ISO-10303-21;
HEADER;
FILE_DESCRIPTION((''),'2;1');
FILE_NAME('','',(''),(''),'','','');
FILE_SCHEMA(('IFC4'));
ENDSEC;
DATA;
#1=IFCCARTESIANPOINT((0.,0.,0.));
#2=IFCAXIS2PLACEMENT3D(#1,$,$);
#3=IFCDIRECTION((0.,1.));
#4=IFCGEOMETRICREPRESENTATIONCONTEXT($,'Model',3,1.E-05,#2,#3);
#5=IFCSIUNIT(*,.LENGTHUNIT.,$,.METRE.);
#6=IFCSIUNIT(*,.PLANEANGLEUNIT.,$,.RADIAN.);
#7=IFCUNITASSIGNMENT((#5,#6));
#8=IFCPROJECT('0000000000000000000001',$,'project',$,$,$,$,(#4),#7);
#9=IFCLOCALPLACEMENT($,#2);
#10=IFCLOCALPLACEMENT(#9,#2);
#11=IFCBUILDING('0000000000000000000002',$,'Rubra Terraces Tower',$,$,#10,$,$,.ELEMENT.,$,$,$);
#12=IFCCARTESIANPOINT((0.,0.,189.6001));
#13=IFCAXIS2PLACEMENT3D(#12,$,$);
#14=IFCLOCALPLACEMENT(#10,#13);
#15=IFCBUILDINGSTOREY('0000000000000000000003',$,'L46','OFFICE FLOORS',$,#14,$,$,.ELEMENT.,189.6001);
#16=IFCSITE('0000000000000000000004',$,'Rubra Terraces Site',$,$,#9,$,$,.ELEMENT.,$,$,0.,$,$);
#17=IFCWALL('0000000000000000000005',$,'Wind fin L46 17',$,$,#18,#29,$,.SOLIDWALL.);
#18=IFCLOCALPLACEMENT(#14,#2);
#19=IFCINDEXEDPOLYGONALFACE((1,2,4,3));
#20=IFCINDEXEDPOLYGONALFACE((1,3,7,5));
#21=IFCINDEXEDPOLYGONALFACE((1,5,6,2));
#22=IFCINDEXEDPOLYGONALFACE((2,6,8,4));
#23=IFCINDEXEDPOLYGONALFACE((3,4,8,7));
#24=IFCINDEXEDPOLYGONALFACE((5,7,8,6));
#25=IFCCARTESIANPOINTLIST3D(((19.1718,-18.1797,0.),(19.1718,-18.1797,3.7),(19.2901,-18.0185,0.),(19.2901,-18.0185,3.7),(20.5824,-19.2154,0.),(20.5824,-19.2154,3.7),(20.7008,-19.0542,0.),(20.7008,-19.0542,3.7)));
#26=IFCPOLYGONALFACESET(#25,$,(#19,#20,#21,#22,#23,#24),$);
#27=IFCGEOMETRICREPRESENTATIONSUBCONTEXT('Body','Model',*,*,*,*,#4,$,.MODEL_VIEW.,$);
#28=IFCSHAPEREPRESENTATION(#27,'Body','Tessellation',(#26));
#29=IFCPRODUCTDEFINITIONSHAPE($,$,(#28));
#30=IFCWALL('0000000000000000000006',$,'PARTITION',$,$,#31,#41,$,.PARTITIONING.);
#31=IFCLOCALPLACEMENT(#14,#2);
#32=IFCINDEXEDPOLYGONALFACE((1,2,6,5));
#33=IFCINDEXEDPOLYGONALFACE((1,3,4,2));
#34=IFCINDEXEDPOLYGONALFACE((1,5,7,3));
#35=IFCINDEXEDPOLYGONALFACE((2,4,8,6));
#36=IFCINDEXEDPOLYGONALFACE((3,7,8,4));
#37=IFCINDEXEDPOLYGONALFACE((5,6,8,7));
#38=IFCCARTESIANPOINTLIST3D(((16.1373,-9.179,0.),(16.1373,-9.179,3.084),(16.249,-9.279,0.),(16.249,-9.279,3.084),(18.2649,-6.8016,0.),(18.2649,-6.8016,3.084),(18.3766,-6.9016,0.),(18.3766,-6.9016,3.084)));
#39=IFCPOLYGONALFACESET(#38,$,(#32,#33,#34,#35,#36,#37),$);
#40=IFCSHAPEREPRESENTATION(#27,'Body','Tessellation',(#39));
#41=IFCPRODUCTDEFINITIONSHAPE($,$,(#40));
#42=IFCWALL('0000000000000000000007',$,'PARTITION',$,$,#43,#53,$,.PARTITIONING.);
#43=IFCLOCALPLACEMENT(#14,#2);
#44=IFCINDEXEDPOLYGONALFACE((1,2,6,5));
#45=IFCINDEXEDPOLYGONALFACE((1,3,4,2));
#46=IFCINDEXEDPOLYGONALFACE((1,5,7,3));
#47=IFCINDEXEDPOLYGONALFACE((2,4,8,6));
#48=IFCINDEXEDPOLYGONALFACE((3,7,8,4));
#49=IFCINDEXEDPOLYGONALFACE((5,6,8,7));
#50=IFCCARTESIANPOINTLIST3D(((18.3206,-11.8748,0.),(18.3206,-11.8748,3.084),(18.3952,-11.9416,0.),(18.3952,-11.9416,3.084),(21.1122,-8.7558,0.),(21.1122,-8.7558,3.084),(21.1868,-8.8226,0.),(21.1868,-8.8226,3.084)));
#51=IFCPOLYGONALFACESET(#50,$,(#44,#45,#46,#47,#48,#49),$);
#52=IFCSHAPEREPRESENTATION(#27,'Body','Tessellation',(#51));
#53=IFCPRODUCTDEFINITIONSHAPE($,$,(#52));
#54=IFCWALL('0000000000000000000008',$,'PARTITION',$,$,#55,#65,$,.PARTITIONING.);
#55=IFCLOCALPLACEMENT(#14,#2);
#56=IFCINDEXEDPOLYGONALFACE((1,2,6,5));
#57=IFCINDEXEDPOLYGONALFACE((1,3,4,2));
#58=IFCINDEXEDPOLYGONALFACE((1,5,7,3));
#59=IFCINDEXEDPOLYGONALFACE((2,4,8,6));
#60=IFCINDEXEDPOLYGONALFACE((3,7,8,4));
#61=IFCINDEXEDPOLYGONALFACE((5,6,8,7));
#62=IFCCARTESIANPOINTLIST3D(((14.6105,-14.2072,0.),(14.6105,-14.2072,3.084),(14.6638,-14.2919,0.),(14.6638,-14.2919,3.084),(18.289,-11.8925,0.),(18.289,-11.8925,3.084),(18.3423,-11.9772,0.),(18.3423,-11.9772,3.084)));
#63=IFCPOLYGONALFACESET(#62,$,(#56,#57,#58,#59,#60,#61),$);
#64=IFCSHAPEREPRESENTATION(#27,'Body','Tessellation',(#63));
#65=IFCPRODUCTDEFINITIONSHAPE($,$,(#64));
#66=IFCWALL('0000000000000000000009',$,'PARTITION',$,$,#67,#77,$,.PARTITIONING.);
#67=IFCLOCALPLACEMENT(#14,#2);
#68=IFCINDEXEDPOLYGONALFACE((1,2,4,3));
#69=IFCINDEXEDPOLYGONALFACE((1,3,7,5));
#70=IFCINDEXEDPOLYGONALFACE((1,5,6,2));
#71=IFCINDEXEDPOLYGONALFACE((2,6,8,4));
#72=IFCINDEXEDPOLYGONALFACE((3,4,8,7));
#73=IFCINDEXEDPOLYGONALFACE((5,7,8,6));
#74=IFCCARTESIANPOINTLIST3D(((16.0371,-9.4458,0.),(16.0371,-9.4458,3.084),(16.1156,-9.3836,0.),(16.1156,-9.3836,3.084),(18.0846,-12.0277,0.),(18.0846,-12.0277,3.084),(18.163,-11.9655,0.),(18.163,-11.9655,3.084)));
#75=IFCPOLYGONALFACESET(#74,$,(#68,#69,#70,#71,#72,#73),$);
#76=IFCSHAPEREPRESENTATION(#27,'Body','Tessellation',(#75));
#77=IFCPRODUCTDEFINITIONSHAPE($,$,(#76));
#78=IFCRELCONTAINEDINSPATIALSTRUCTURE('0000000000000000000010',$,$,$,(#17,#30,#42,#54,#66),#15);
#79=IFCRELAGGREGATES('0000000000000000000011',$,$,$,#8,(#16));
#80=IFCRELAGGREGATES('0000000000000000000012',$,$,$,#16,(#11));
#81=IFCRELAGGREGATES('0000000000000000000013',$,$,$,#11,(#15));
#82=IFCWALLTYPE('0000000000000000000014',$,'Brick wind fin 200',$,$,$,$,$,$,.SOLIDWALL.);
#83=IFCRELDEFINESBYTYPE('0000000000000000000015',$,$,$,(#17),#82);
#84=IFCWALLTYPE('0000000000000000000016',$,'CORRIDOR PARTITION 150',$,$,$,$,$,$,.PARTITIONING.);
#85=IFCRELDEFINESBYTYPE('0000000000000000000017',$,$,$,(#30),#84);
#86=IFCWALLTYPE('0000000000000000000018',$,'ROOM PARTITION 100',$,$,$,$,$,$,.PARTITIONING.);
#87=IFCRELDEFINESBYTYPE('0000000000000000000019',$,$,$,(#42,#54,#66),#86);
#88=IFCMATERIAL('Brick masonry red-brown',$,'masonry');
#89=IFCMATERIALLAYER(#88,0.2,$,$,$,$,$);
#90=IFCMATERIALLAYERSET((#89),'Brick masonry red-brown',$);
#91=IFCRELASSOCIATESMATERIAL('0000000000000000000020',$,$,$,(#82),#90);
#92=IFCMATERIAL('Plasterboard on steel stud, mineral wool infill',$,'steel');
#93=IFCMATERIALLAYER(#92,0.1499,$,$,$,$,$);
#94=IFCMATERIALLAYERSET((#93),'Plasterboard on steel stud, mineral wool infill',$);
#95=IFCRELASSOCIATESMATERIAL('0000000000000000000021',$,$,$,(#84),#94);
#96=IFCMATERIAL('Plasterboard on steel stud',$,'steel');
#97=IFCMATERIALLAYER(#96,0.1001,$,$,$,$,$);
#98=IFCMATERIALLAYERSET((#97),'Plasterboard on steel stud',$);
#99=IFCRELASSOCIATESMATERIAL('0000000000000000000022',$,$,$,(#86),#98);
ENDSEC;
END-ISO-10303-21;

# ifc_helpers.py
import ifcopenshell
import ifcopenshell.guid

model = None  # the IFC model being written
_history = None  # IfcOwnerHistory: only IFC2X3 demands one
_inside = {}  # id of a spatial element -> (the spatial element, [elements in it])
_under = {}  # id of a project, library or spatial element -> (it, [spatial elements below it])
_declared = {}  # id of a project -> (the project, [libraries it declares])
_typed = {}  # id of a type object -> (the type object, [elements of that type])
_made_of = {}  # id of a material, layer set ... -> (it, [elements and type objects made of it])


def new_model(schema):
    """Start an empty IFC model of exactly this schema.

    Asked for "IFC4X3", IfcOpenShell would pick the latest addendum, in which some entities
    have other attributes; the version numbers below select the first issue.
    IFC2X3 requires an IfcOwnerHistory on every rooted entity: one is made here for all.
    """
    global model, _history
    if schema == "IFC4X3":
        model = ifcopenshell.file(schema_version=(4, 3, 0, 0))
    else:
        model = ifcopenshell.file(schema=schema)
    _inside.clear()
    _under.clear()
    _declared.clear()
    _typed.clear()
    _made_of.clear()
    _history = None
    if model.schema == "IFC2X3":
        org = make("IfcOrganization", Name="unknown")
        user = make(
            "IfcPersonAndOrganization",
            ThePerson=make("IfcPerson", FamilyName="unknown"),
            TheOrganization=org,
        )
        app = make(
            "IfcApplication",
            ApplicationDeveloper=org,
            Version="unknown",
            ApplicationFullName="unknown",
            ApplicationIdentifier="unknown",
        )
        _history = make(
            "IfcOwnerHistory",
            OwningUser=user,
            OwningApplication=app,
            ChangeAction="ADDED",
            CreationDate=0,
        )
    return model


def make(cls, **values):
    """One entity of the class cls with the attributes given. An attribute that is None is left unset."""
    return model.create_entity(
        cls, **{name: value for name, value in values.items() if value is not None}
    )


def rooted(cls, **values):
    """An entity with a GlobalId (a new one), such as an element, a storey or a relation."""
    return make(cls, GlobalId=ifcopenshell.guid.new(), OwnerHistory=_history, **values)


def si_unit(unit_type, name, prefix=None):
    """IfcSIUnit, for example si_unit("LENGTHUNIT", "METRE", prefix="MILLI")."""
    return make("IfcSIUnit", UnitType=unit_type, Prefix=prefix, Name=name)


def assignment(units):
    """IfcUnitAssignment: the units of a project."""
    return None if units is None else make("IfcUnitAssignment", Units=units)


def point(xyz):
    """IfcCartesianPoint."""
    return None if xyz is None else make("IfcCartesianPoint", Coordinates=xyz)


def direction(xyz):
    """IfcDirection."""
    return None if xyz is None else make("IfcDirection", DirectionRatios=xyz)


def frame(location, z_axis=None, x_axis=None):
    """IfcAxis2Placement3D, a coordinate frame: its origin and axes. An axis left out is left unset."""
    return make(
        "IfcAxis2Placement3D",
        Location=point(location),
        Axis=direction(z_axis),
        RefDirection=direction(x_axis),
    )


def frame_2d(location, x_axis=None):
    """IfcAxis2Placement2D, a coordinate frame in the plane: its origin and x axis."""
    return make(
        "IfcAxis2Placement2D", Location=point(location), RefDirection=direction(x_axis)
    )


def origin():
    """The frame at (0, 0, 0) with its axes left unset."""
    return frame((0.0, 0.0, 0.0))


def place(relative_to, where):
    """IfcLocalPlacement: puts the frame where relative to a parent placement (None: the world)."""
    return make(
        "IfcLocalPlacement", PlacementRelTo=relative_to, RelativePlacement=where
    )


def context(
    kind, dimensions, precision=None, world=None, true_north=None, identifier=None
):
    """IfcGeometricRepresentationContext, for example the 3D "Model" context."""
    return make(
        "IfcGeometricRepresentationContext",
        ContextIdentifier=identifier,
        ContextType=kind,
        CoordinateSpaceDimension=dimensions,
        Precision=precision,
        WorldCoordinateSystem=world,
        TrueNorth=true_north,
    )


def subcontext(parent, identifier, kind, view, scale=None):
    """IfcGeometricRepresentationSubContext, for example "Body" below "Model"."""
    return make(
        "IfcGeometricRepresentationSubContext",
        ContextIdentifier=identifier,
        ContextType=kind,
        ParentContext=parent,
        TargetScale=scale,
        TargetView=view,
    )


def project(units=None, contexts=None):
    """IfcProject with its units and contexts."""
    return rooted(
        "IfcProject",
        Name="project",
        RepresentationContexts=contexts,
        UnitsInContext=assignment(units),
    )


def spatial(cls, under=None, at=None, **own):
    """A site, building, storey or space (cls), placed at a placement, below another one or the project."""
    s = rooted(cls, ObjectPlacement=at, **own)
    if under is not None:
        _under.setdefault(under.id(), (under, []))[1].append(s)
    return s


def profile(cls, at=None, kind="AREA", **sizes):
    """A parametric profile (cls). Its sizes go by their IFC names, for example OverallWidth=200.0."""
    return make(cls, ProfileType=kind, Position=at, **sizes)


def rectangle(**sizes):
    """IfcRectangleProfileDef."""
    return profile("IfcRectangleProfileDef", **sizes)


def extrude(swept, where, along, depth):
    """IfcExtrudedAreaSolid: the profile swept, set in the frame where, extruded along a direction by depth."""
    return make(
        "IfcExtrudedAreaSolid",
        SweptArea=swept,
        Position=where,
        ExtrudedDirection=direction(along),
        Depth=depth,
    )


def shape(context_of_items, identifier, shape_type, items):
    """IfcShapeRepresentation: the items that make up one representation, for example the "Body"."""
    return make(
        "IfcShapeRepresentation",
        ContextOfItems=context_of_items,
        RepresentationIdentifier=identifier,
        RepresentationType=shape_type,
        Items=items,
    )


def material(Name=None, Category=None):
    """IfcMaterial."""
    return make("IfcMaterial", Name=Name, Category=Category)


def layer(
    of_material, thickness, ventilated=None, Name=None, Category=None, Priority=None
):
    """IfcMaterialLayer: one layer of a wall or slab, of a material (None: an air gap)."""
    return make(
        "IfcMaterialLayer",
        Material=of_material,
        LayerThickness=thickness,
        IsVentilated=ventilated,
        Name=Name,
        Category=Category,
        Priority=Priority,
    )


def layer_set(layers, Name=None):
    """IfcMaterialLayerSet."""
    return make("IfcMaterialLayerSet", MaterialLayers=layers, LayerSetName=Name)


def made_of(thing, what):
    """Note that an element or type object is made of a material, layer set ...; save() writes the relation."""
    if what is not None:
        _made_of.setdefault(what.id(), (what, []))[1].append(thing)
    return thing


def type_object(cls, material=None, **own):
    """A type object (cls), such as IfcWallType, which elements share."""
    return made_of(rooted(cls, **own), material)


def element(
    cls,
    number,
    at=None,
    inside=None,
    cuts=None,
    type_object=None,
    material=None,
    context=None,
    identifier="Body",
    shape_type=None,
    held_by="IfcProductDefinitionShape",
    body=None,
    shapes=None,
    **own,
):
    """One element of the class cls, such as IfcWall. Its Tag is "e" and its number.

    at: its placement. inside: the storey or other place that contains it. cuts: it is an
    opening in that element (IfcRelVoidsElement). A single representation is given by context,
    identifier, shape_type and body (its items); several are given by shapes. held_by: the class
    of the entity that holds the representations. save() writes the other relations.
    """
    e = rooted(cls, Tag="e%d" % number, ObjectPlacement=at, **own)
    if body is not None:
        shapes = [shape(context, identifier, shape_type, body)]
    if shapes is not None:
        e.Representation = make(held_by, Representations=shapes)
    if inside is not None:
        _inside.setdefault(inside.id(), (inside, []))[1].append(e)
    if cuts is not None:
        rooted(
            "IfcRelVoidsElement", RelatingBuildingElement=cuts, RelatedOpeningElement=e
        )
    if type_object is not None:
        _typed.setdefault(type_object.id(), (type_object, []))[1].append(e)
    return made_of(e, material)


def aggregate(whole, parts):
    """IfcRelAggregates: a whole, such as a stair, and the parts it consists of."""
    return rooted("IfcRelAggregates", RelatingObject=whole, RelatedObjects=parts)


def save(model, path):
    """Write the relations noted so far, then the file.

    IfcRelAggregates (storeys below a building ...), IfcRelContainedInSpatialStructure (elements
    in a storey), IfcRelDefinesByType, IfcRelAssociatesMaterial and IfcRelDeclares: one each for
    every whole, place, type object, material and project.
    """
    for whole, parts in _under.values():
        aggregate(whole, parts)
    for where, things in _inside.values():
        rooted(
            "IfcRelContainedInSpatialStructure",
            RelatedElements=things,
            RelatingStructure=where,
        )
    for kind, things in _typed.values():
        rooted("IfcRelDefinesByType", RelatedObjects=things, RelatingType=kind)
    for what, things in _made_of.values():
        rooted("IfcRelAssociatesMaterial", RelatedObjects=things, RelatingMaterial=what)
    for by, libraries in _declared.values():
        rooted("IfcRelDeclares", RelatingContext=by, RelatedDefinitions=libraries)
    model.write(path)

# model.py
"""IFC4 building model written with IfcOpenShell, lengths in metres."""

from ifc_helpers import new_model, si_unit, direction, frame, frame_2d, origin, place, context, subcontext, project, spatial, rectangle, extrude, material, layer, layer_set, type_object, element, save


model = new_model("IFC4")

# Units and contexts
model_context = context("Model", 3, precision=1e-05, world=origin(), true_north=direction((0.0, 1.0)))
body_context = subcontext(model_context, "Body", "Model", "MODEL_VIEW")
ifc_project = project(units=[si_unit("LENGTHUNIT", "METRE"), si_unit("PLANEANGLEUNIT", "RADIAN")], contexts=[model_context])

# Site, building, storey
site_placement = place(None, origin())
site = spatial("IfcSite", under=ifc_project, at=site_placement, Name="Rubra Terraces Site", CompositionType="ELEMENT", RefElevation=0.0)
building_placement = place(site_placement, origin())
building = spatial("IfcBuilding", under=site, at=building_placement, Name="Rubra Terraces Tower", CompositionType="ELEMENT")
storey_placement = place(building_placement, frame((0.0, 0.0, 189.6001)))
storey = spatial("IfcBuildingStorey", under=building, at=storey_placement, Name="L46", Description="OFFICE FLOORS", CompositionType="ELEMENT", Elevation=189.6001)

# Shared definitions
ifc_material_1 = material(Name="Brick masonry red-brown", Category="masonry")

# Walls
ifc_layer_1 = layer(ifc_material_1, 0.2)
ifc_layer_set_1 = layer_set([ifc_layer_1], Name="Brick masonry red-brown")
wall_type_1 = type_object("IfcWallType", Name="Brick wind fin 200", PredefinedType="SOLIDWALL", material=ifc_layer_set_1)
wall_1_placement = place(storey_placement, frame((19.231, -18.0991, 0.0), z_axis=(0.0, 0.0, 1.0), x_axis=(0.806086, -0.591799, 0.0)))
element("IfcWall", 1, at=wall_1_placement, inside=storey, type_object=wall_type_1, Name="Wind fin L46 17", PredefinedType="SOLIDWALL", context=body_context, shape_type="SweptSolid", body=[
    extrude(rectangle(XDim=1.75, YDim=0.2, at=frame_2d((0.875, 0.0))), origin(), (0.0, 0.0, 1.0), 3.7),
])
ifc_material_2 = material(Name="Plasterboard on steel stud, mineral wool infill", Category="steel")
ifc_layer_2 = layer(ifc_material_2, 0.1499)
ifc_layer_set_2 = layer_set([ifc_layer_2], Name="Plasterboard on steel stud, mineral wool infill")
wall_type_2 = type_object("IfcWallType", Name="CORRIDOR PARTITION 150", PredefinedType="PARTITIONING", material=ifc_layer_set_2)
wall_2_placement = place(storey_placement, frame((16.1931, -9.229, 0.0), z_axis=(0.0, 0.0, 1.0), x_axis=(0.666882, 0.745163, 0.0)))
element("IfcWall", 2, at=wall_2_placement, inside=storey, type_object=wall_type_2, Name="PARTITION", PredefinedType="PARTITIONING", context=body_context, shape_type="SweptSolid", body=[
    extrude(rectangle(XDim=3.1904, YDim=0.1499, at=frame_2d((1.5952, 0.0))), origin(), (0.0, 0.0, 1.0), 3.084),
])
ifc_material_3 = material(Name="Plasterboard on steel stud", Category="steel")
ifc_layer_3 = layer(ifc_material_3, 0.1001)
ifc_layer_set_3 = layer_set([ifc_layer_3], Name="Plasterboard on steel stud")
wall_type_3 = type_object("IfcWallType", Name="ROOM PARTITION 100", PredefinedType="PARTITIONING", material=ifc_layer_set_3)
wall_3_placement = place(storey_placement, frame((21.1494, -8.7893, 0.0), z_axis=(0.0, 0.0, 1.0), x_axis=(-0.666916, -0.745133, 0.0)))
element("IfcWall", 3, at=wall_3_placement, inside=storey, type_object=wall_type_3, Name="PARTITION", PredefinedType="PARTITIONING", context=body_context, shape_type="SweptSolid", body=[
    extrude(rectangle(XDim=4.1858, YDim=0.1001, at=frame_2d((2.0928, 0.0))), origin(), (0.0, 0.0, 1.0), 3.084),
])
wall_4_placement = place(storey_placement, frame((18.3157, -11.9348, 0.0), z_axis=(0.0, 0.0, 1.0), x_axis=(-0.846375, -0.532587, 0.0)))
element("IfcWall", 4, at=wall_4_placement, inside=storey, type_object=wall_type_3, Name="PARTITION", PredefinedType="PARTITIONING", context=body_context, shape_type="SweptSolid", body=[
    extrude(rectangle(XDim=4.3462, YDim=0.1001, at=frame_2d((2.1731, 0.0))), origin(), (0.0, 0.0, 1.0), 3.084),
])
wall_5_placement = place(storey_placement, frame((16.0764, -9.4148, 0.0), z_axis=(0.0, 0.0, 1.0), x_axis=(0.621346, -0.783536, 0.0)))
element("IfcWall", 5, at=wall_5_placement, inside=storey, type_object=wall_type_3, Name="PARTITION", PredefinedType="PARTITIONING", context=body_context, shape_type="SweptSolid", body=[
    extrude(rectangle(XDim=3.2952, YDim=0.1001, at=frame_2d((1.6475, 0.0))), origin(), (0.0, 0.0, 1.0), 3.084),
])

save(model, "model.ifc")
